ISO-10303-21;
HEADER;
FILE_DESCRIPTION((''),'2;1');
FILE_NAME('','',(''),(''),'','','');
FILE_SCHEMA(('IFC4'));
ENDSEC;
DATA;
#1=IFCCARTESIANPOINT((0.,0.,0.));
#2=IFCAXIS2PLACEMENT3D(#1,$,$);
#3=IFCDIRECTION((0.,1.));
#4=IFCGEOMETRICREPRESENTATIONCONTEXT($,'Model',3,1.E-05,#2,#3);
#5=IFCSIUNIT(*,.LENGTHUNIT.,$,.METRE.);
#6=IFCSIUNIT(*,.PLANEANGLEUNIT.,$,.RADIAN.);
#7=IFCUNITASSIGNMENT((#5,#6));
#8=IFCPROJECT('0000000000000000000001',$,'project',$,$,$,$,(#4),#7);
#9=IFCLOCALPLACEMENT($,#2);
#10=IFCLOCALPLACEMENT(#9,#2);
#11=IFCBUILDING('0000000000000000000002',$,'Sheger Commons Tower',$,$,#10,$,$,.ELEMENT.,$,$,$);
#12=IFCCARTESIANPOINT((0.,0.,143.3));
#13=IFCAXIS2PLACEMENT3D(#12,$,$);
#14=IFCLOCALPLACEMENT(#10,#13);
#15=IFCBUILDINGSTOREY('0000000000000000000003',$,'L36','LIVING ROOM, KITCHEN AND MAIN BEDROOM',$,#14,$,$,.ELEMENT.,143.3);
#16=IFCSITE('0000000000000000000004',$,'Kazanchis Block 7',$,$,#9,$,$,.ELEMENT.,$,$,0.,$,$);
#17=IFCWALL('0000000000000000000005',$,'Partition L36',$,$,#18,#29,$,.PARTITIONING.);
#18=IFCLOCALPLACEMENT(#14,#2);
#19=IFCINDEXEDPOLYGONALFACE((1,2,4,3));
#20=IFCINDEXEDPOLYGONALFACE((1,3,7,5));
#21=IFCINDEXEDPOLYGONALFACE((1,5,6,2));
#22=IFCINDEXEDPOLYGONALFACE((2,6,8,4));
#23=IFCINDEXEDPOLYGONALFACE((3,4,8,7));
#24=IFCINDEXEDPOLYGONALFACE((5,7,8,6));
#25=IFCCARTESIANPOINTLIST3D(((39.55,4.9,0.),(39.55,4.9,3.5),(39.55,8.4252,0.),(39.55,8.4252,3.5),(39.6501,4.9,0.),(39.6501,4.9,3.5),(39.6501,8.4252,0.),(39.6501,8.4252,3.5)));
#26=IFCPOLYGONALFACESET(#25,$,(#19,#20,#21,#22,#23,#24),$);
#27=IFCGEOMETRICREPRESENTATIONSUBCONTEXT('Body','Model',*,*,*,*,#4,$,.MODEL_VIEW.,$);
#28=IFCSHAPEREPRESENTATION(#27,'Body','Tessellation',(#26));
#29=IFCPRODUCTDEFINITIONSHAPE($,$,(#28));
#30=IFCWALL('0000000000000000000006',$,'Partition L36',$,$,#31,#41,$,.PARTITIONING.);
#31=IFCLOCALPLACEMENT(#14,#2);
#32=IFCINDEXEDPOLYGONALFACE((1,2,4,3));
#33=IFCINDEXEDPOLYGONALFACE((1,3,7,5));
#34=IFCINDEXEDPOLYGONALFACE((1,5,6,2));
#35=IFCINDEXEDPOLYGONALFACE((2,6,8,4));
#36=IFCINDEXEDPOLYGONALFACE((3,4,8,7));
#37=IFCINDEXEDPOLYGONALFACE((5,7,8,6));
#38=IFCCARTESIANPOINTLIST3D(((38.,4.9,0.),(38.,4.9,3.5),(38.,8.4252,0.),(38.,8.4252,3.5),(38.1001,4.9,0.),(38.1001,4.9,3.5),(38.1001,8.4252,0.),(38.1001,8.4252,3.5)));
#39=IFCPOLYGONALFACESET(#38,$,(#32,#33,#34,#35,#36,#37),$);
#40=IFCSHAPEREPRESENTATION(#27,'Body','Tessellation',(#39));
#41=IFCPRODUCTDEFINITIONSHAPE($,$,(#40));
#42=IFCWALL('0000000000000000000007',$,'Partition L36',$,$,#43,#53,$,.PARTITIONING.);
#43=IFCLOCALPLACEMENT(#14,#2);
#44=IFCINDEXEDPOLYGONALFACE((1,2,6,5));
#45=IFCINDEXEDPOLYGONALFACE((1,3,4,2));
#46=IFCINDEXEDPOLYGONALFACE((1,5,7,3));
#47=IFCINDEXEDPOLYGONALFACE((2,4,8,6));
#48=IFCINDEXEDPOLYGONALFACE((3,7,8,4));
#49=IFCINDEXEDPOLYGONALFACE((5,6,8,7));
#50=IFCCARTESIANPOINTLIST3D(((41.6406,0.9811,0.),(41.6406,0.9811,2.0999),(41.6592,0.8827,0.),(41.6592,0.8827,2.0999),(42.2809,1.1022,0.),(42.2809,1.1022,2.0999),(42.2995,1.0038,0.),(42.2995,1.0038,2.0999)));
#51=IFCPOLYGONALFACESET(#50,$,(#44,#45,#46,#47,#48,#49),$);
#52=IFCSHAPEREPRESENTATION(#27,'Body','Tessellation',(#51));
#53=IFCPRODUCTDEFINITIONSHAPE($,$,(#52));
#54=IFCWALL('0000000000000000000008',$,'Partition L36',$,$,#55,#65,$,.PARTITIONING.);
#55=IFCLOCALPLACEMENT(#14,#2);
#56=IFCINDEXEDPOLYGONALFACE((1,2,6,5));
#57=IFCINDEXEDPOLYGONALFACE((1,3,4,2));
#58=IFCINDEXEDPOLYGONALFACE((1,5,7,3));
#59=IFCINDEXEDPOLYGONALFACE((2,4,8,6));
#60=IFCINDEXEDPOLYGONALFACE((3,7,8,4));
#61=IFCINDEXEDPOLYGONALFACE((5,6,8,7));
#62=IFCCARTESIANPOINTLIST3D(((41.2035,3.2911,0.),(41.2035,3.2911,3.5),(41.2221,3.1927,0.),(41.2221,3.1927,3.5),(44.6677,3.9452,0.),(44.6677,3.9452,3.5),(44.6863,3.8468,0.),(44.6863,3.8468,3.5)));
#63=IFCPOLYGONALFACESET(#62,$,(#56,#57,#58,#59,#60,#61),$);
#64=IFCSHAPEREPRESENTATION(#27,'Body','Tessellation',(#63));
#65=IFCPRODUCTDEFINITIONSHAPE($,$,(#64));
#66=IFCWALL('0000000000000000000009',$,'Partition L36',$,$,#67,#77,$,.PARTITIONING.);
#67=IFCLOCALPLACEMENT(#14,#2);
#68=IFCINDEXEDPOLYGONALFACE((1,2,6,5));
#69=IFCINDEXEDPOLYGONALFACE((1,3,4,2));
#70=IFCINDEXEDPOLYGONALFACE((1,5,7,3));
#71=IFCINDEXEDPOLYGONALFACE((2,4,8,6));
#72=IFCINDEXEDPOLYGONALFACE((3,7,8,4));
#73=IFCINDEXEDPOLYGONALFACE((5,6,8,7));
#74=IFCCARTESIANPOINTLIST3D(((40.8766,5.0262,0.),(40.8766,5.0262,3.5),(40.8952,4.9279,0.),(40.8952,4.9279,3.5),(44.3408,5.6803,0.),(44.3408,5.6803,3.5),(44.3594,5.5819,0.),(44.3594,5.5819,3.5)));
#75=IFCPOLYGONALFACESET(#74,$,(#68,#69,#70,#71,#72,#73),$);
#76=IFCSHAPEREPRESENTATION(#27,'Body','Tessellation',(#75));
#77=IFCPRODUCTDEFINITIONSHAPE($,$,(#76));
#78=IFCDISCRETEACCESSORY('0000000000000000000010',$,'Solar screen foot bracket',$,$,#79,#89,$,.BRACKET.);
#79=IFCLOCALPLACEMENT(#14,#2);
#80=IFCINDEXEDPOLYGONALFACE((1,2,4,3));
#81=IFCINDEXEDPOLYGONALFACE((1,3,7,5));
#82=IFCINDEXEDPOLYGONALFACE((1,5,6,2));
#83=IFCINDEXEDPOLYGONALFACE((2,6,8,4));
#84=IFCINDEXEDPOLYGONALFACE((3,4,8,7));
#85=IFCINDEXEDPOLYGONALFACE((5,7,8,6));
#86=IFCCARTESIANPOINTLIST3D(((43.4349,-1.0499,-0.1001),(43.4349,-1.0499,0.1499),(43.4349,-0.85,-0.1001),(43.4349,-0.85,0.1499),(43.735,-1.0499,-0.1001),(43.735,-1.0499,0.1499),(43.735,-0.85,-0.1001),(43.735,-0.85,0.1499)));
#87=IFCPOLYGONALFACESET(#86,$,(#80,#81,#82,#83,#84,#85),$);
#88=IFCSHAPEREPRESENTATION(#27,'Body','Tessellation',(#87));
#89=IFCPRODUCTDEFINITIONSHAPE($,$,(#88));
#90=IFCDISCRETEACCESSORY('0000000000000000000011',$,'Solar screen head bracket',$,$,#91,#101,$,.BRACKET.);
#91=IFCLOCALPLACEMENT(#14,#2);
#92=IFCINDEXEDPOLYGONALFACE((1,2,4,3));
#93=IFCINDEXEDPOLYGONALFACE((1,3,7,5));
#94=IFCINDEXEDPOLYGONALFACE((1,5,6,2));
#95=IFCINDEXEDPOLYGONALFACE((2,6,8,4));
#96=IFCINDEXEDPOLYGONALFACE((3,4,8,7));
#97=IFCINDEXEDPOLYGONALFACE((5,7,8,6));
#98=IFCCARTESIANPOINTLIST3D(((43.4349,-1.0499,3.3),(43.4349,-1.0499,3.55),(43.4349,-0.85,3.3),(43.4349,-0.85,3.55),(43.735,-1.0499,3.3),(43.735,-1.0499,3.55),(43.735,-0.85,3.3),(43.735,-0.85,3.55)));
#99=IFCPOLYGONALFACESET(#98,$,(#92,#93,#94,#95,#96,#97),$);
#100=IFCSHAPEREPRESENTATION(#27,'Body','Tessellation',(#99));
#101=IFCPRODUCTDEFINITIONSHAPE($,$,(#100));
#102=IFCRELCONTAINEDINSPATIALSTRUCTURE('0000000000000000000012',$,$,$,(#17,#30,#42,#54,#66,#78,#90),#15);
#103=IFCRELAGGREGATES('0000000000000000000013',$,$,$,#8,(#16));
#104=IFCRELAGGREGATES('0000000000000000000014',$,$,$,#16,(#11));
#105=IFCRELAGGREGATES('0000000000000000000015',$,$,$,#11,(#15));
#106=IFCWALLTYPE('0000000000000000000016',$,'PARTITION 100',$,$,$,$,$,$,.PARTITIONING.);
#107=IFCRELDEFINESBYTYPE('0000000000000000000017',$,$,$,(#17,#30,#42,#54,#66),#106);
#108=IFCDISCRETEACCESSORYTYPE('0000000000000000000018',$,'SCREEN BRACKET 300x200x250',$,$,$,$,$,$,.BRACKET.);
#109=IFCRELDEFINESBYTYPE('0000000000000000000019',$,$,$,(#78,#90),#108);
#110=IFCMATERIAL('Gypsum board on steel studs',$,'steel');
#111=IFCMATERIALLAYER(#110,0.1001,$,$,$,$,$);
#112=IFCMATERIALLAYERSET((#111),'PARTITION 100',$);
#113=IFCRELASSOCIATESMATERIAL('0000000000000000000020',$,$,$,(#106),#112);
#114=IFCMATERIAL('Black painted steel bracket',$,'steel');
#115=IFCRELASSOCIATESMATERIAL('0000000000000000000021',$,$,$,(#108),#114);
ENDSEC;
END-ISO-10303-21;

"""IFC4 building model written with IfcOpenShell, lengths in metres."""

from ifc_helpers import new_model, si_unit, direction, frame, frame_2d, origin, origin_2d, place, context, subcontext, project, spatial, rectangle, extrude, material, layer, layer_set, type_object, element, save


model = new_model("IFC4")

# Units and contexts
model_context = context("Model", 3, precision=1e-05, world=origin(), true_north=direction((0.0, 1.0)))
body_context = subcontext(model_context, "Body", "Model", "MODEL_VIEW")
ifc_project = project(units=[si_unit("LENGTHUNIT", "METRE"), si_unit("PLANEANGLEUNIT", "RADIAN")], contexts=[model_context])

# Site, building, storey
site_placement = place(None, origin())
site = spatial("IfcSite", under=ifc_project, at=site_placement, Name="Kazanchis Block 7", CompositionType="ELEMENT", RefElevation=0.0)
building_placement = place(site_placement, origin())
building = spatial("IfcBuilding", under=site, at=building_placement, Name="Sheger Commons Tower", CompositionType="ELEMENT")
storey_placement = place(building_placement, frame((0.0, 0.0, 143.3)))
storey = spatial("IfcBuildingStorey", under=building, at=storey_placement, Name="L36", Description="LIVING ROOM, KITCHEN AND MAIN BEDROOM", CompositionType="ELEMENT", Elevation=143.3)

# Shared definitions
ifc_material_1 = material(Name="Gypsum board on steel studs", Category="steel")
ifc_layer_1 = layer(ifc_material_1, 0.1001)
ifc_layer_set_1 = layer_set([ifc_layer_1], Name="PARTITION 100")
wall_type_1 = type_object("IfcWallType", Name="PARTITION 100", PredefinedType="PARTITIONING", material=ifc_layer_set_1)

# Walls
for number, where, z_axis, x_axis, name in (
    (1, (39.6001, 4.8999, 0.0), (0.0, 0.0, 1.0), (0.0, 1.0, 0.0), "Partition L36"),
    (2, (38.05, 4.8999, 0.0), (0.0, 0.0, 1.0), (0.0, 1.0, 0.0), "Partition L36"),
):
    element("IfcWall", number, at=place(storey_placement, frame(where, z_axis=z_axis, x_axis=x_axis)), inside=storey, type_object=wall_type_1, Name=name, PredefinedType="PARTITIONING", context=body_context, shape_type="SweptSolid", body=[
        extrude(rectangle(XDim=3.5251, YDim=0.1001, at=frame_2d((1.7627, 0.0))), origin(), (0.0, 0.0, 1.0), 3.5),
    ])
wall_1_placement = place(storey_placement, frame((42.29, 1.053, 0.0), z_axis=(0.0, 0.0, 1.0), x_axis=(-0.982574, -0.185872, 0.0)))
element("IfcWall", 3, at=wall_1_placement, inside=storey, type_object=wall_type_1, Name="Partition L36", PredefinedType="PARTITIONING", context=body_context, shape_type="SweptSolid", body=[
    extrude(rectangle(XDim=0.6516, YDim=0.1001, at=frame_2d((0.3257, 0.0))), origin(), (0.0, 0.0, 1.0), 2.0999),
])
for number, where, z_axis, x_axis, name in (
    (4, (44.677, 3.896, 0.0), (0.0, 0.0, 1.0), (-0.982639, -0.18553, 0.0), "Partition L36"),
    (5, (44.3501, 5.6311, 0.0), (0.0, 0.0, 1.0), (-0.982639, -0.18553, 0.0), "Partition L36"),
):
    element("IfcWall", number, at=place(storey_placement, frame(where, z_axis=z_axis, x_axis=x_axis)), inside=storey, type_object=wall_type_1, Name=name, PredefinedType="PARTITIONING", context=body_context, shape_type="SweptSolid", body=[
        extrude(rectangle(XDim=3.5254, YDim=0.1001, at=frame_2d((1.7627, 0.0))), origin(), (0.0, 0.0, 1.0), 3.5),
    ])

# Discrete accessories
ifc_material_2 = material(Name="Black painted steel bracket", Category="steel")
discrete_accessory_type = type_object("IfcDiscreteAccessoryType", Name="SCREEN BRACKET 300x200x250", PredefinedType="BRACKET", material=ifc_material_2)
for number, where, z_axis, x_axis, name in (
    (6, (43.585, -0.95, -0.1001), (0.0, 0.0, 1.0), (1.0, 0.0, 0.0), "Solar screen foot bracket"),
    (7, (43.585, -0.95, 3.3), (0.0, 0.0, 1.0), (1.0, 0.0, 0.0), "Solar screen head bracket"),
):
    element("IfcDiscreteAccessory", number, at=place(storey_placement, frame(where, z_axis=z_axis, x_axis=x_axis)), inside=storey, type_object=discrete_accessory_type, Name=name, PredefinedType="BRACKET", context=body_context, shape_type="SweptSolid", body=[
        extrude(rectangle(XDim=0.3, YDim=0.2, at=origin_2d()), origin(), (0.0, 0.0, 1.0), 0.25),
    ])

save(model, "model.ifc")
